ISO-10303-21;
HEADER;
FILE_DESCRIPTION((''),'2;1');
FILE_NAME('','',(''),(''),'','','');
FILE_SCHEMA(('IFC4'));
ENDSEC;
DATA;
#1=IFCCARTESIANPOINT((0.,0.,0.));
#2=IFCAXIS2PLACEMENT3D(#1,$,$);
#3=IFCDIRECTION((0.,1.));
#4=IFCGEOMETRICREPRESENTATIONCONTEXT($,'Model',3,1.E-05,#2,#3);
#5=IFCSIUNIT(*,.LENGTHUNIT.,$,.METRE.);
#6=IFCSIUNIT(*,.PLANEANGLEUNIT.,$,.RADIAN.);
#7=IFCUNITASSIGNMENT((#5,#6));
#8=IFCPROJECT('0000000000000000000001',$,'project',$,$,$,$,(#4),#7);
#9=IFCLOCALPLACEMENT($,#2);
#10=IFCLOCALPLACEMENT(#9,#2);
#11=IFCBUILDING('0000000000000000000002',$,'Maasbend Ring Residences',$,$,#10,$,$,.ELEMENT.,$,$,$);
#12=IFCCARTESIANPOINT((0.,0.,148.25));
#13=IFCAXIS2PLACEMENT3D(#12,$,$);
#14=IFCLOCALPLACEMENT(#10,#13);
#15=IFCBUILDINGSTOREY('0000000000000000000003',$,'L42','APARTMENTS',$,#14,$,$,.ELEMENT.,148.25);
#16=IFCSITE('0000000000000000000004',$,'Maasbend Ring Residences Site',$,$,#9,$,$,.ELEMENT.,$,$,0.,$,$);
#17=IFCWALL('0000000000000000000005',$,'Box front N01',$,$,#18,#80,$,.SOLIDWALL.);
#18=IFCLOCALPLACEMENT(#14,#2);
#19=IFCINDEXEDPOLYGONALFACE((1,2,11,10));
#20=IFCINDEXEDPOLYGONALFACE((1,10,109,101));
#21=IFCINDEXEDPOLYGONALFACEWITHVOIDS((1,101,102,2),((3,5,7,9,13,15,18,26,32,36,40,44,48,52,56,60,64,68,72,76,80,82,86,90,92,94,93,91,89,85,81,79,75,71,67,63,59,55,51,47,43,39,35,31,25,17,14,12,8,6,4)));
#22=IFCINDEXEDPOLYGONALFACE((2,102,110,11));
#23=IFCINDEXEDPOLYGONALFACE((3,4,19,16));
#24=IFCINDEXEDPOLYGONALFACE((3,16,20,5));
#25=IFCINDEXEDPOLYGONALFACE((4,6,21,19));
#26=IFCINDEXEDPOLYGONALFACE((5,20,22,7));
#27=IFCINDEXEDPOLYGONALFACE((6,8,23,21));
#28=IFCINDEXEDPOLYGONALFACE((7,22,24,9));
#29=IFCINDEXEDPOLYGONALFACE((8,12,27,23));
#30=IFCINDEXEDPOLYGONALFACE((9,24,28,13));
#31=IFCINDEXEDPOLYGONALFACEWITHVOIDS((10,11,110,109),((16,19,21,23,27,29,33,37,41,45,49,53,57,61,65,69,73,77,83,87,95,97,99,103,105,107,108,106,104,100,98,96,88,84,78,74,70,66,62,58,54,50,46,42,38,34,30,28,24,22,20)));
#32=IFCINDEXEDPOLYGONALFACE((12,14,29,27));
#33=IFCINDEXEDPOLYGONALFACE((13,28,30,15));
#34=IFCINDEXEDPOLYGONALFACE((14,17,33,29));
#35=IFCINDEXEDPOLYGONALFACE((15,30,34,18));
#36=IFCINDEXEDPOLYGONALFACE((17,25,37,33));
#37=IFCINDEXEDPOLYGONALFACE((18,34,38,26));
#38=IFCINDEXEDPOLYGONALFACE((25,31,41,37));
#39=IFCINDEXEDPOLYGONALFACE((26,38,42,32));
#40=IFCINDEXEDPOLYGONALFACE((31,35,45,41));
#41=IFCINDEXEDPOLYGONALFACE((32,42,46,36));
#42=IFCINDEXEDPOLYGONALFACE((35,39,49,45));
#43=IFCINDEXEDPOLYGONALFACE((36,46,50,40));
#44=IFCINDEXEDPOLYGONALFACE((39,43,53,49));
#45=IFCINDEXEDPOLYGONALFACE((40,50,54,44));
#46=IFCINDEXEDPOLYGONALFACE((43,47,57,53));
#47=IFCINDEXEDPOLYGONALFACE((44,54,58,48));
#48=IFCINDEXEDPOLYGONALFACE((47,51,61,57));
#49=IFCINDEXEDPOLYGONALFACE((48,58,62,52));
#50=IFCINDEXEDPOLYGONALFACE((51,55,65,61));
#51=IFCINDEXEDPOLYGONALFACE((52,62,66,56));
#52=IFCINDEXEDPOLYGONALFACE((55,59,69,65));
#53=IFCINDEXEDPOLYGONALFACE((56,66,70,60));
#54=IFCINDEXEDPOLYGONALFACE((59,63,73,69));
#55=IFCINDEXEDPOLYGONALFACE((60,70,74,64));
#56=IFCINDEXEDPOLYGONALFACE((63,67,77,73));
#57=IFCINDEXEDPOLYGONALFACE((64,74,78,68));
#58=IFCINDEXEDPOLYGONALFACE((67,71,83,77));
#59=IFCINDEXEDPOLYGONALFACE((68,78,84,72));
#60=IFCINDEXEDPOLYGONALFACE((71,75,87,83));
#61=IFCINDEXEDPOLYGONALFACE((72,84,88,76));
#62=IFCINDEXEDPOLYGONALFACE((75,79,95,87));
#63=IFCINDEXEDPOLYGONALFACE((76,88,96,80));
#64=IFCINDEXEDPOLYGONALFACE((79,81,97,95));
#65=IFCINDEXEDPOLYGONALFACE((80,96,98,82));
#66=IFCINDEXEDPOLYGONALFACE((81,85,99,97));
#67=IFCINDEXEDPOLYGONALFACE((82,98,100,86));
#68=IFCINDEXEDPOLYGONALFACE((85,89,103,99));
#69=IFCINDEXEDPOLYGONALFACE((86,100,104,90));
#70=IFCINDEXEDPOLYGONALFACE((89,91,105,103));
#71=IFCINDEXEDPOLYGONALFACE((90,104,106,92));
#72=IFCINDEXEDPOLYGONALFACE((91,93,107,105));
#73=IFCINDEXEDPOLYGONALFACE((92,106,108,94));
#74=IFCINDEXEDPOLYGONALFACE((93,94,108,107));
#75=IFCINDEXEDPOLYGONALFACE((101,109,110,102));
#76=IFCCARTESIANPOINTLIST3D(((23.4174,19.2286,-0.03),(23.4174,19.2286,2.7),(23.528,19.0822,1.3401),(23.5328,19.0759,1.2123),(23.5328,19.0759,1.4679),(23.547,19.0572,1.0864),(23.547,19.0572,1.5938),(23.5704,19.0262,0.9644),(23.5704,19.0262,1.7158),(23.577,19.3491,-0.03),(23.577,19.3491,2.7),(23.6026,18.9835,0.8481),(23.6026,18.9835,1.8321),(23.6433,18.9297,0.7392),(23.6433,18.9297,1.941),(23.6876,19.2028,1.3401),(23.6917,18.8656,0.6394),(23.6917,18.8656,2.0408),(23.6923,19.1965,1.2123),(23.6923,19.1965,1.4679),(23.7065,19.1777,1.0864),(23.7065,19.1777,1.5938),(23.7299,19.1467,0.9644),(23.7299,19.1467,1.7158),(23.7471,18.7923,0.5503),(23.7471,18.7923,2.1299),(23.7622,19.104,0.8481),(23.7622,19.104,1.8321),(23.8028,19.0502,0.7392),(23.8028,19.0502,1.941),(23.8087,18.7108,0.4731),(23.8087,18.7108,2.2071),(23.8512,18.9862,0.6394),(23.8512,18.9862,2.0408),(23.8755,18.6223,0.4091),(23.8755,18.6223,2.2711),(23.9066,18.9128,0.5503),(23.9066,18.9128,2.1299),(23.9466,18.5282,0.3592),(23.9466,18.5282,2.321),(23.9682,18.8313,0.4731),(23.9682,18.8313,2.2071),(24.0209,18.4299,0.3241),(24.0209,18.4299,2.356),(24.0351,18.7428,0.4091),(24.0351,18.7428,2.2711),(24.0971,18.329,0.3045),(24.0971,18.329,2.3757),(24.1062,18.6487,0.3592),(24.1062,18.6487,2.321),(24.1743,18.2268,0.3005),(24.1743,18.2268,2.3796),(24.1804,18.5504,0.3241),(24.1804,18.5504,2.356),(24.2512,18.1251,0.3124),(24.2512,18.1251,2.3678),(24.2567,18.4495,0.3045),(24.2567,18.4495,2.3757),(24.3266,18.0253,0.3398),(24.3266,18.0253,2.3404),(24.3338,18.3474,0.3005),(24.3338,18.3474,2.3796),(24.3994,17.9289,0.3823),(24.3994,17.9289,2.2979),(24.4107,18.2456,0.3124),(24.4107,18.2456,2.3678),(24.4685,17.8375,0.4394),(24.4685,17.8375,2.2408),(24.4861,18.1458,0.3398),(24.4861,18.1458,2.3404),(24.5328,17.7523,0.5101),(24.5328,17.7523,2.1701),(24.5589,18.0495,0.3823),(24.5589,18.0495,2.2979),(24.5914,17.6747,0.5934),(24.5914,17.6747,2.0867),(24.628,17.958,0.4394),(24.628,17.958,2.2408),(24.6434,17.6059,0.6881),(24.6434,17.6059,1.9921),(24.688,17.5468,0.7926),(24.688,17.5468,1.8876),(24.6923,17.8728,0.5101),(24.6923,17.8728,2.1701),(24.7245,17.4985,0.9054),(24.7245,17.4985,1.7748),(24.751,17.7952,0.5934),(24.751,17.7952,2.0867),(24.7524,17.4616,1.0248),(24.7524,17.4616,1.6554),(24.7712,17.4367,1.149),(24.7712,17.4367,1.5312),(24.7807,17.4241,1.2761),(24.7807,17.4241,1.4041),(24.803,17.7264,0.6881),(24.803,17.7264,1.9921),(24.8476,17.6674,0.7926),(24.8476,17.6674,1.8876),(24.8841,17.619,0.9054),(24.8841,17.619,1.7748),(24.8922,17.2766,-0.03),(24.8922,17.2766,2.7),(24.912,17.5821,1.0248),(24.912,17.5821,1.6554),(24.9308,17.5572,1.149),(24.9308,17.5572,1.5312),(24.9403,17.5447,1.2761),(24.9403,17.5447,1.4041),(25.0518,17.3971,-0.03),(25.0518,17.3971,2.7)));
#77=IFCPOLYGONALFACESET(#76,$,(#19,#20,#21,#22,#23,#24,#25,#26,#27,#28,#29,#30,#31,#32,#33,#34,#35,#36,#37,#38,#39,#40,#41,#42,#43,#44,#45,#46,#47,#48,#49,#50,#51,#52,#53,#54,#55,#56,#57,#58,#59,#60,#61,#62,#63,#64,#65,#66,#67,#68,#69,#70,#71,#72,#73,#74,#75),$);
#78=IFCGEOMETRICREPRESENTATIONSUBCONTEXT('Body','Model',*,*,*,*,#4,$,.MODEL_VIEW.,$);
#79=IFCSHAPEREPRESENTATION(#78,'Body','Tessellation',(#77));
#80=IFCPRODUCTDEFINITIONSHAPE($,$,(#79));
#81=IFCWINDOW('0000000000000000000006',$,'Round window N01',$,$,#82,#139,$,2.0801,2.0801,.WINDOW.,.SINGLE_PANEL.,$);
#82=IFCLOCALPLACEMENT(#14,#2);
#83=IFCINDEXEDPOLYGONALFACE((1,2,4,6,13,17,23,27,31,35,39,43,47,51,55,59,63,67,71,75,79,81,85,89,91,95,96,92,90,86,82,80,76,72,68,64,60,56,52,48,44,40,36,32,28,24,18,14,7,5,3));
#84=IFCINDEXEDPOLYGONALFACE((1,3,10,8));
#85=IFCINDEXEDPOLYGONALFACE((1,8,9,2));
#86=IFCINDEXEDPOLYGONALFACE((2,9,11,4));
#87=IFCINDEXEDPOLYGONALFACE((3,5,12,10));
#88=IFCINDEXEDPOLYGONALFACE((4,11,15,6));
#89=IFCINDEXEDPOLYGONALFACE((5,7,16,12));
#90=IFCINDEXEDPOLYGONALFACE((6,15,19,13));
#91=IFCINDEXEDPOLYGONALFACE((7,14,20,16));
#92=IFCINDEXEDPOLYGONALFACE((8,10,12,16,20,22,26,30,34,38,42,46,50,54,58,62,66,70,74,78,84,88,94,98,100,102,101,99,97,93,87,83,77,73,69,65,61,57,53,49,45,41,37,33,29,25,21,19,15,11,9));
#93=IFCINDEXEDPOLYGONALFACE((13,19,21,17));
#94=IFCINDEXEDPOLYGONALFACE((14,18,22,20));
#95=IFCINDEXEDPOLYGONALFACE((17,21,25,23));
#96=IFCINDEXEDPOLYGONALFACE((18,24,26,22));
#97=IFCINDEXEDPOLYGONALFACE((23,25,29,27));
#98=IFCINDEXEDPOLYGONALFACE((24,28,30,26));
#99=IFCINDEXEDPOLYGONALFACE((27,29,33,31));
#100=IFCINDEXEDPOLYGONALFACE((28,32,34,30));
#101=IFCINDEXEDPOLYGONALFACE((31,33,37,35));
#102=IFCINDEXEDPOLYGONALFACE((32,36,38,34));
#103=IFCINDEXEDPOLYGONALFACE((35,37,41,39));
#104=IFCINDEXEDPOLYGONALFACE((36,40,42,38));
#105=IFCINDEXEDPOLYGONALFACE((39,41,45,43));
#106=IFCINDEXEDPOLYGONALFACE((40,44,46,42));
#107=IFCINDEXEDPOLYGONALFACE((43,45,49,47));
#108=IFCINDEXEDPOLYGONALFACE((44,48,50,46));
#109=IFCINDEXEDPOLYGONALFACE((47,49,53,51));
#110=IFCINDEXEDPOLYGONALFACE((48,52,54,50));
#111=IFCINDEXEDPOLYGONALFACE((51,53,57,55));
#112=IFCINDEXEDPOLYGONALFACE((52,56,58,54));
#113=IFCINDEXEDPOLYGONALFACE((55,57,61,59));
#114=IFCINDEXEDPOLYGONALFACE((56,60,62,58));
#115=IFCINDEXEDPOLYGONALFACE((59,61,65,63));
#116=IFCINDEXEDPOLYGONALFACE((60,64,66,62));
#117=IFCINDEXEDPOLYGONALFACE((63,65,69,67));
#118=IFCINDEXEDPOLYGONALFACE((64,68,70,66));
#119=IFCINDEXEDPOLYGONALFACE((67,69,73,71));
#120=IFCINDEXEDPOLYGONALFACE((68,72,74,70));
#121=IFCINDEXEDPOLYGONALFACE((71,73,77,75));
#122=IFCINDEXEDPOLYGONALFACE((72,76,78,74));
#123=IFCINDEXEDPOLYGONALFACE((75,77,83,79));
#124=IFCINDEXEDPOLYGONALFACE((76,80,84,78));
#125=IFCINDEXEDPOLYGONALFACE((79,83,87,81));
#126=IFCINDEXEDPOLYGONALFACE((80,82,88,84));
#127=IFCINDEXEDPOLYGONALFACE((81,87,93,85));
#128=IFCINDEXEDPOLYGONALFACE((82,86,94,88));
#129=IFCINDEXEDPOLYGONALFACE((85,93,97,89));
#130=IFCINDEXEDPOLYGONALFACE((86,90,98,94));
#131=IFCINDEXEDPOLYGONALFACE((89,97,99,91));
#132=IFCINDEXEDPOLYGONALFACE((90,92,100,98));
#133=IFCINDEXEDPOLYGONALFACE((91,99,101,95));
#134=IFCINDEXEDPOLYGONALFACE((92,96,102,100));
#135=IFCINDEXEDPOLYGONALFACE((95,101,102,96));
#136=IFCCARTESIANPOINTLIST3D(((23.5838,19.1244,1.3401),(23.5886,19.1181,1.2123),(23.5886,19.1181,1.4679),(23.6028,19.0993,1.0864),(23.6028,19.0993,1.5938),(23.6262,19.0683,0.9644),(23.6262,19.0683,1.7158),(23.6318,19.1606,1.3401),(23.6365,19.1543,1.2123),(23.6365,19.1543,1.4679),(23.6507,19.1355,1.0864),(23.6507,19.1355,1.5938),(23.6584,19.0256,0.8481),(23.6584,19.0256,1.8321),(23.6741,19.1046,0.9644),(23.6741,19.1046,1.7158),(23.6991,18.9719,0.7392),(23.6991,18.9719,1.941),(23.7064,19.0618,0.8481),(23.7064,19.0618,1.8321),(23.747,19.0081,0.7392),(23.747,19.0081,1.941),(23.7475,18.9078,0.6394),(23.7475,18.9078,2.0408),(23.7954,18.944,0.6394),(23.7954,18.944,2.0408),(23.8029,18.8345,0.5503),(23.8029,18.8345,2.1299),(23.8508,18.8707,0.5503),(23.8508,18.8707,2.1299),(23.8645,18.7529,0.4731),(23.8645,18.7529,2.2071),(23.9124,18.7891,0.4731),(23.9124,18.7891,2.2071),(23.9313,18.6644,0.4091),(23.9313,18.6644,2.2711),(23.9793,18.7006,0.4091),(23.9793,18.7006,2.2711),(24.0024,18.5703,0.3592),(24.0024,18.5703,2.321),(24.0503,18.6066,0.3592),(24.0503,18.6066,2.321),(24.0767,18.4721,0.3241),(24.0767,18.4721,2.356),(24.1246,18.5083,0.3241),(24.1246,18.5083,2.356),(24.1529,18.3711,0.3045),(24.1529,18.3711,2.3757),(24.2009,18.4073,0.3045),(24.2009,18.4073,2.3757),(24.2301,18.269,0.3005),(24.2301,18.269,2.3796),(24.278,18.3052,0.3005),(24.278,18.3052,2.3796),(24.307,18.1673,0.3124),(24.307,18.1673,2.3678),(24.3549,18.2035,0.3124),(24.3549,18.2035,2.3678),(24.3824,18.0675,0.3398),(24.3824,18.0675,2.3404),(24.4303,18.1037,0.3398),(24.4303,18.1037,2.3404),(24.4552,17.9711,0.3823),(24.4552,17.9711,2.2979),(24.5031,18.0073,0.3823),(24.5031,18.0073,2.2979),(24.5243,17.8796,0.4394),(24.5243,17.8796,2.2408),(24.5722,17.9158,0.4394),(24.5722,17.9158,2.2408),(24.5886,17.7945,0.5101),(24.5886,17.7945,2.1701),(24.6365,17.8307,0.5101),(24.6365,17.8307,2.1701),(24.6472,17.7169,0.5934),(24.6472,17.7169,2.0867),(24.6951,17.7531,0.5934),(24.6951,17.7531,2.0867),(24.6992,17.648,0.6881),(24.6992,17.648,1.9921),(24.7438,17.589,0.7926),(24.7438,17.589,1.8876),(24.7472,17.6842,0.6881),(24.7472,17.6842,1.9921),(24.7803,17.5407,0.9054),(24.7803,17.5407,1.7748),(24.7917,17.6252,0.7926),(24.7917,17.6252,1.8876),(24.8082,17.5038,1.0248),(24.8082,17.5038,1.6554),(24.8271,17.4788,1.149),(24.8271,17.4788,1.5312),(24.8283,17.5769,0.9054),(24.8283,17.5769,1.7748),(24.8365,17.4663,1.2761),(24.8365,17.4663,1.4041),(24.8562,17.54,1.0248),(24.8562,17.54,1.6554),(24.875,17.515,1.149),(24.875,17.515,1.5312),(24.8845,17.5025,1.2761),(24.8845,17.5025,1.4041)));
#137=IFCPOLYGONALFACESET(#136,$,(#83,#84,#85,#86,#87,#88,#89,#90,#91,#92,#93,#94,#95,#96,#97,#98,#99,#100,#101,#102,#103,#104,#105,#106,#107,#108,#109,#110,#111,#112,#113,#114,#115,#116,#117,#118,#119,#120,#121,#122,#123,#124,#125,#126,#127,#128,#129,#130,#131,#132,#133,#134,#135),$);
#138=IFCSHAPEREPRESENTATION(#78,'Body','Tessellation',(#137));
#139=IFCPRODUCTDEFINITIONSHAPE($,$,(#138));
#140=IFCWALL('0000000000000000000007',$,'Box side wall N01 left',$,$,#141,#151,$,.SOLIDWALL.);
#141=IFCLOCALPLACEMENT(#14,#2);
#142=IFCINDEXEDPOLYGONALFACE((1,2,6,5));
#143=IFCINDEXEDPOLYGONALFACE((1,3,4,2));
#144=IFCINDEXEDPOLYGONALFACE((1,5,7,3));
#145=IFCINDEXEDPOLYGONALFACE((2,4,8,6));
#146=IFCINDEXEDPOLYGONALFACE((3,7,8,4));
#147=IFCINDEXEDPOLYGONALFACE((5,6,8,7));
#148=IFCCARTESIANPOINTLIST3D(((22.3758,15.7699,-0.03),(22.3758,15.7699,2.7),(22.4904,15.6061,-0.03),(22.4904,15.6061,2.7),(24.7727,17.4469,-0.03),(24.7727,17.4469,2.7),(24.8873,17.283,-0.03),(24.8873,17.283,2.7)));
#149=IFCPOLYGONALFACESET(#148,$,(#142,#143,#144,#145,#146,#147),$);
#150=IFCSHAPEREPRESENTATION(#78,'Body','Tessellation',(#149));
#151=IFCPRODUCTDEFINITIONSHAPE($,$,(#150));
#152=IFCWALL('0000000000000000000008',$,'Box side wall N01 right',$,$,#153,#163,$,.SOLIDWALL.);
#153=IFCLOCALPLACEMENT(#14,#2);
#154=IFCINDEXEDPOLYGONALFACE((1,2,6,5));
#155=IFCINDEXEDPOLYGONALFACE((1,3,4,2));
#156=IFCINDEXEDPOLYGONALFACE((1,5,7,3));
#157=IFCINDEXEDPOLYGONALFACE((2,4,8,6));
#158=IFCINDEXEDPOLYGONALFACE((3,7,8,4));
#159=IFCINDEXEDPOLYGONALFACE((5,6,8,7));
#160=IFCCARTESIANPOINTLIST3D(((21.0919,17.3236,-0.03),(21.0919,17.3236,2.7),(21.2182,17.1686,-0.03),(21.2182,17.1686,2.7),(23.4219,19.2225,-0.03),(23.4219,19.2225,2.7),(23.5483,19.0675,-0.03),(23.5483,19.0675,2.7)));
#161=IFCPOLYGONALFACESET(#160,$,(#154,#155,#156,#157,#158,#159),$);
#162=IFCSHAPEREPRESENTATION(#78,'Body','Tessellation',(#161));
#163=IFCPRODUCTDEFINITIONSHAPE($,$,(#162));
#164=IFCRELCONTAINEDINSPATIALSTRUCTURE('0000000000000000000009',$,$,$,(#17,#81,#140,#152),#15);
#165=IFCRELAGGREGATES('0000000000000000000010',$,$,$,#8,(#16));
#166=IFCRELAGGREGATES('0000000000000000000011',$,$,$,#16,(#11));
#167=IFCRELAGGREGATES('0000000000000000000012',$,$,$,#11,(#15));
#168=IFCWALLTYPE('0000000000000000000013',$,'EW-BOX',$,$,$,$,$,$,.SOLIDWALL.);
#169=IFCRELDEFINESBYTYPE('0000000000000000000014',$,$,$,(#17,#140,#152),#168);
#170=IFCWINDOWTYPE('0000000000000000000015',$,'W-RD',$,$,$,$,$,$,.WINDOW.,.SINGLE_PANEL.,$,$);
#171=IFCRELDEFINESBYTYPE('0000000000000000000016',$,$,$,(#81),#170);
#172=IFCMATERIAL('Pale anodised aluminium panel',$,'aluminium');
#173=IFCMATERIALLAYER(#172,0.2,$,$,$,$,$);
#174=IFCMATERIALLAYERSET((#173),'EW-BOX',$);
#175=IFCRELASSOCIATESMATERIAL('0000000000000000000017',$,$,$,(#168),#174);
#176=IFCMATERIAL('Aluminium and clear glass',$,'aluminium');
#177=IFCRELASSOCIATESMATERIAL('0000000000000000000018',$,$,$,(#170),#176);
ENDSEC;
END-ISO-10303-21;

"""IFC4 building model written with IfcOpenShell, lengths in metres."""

from ifc_helpers import new_model, si_unit, direction, frame, frame_2d, origin, place, context, subcontext, project, spatial, rectangle, circle, extrude, material, layer, layer_set, type_object, element, fill, save


model = new_model("IFC4")

# Units and contexts
model_context = context("Model", 3, precision=1e-05, world=origin(), true_north=direction((0.0, 1.0)))
body_context = subcontext(model_context, "Body", "Model", "MODEL_VIEW")
ifc_project = project(units=[si_unit("LENGTHUNIT", "METRE"), si_unit("PLANEANGLEUNIT", "RADIAN")], contexts=[model_context])

# Site, building, storey
site_placement = place(None, origin())
site = spatial("IfcSite", under=ifc_project, at=site_placement, Name="Maasbend Ring Residences Site", CompositionType="ELEMENT", RefElevation=0.0)
building_placement = place(site_placement, origin())
building = spatial("IfcBuilding", under=site, at=building_placement, Name="Maasbend Ring Residences", CompositionType="ELEMENT")
storey_placement = place(building_placement, frame((0.0, 0.0, 148.25)))
storey = spatial("IfcBuildingStorey", under=building, at=storey_placement, Name="L42", Description="APARTMENTS", CompositionType="ELEMENT", Elevation=148.25)

# Wall, opening, window
ifc_material_1 = material(Name="Pale anodised aluminium panel", Category="aluminium")
ifc_layer_1 = layer(ifc_material_1, 0.2)
ifc_layer_set_1 = layer_set([ifc_layer_1], Name="EW-BOX")
wall_type_1 = type_object("IfcWallType", Name="EW-BOX", PredefinedType="SOLIDWALL", material=ifc_layer_set_1)
wall_1_placement = place(storey_placement, frame((24.9719, 17.3369, -0.03), z_axis=(0.0, 0.0, 1.0), x_axis=(-0.602806, 0.797888, 0.0)))
wall_1 = element("IfcWall", 1, at=wall_1_placement, inside=storey, type_object=wall_type_1, Name="Box front N01", PredefinedType="SOLIDWALL", context=body_context, shape_type="SweptSolid", body=[
    extrude(rectangle(XDim=2.4465, YDim=0.2, at=frame_2d((1.2231, 0.0))), origin(), (0.0, 0.0, 1.0), 2.73),
])
opening_1_placement = place(wall_1_placement, frame((0.1829, 0.0, 0.3301)))
opening_1 = element("IfcOpeningElement", 2, at=opening_1_placement, cuts=wall_1, PredefinedType="OPENING", context=body_context, shape_type="SweptSolid", body=[
    extrude(circle(Radius=1.04, at=frame_2d((1.04, 1.04))), frame((0.0, 0.1099, 0.0), z_axis=(0.0, -1.0, 0.0), x_axis=(1.0, 0.0, 0.0)), (0.0, 0.0, 1.0), 0.22),
])
ifc_material_2 = material(Name="Aluminium and clear glass", Category="aluminium")
window_type_1 = type_object("IfcWindowType", Name="W-RD", PartitioningType="SINGLE_PANEL", PredefinedType="WINDOW", material=ifc_material_2)
window_1_placement = place(opening_1_placement, origin())
window_1 = element("IfcWindow", 3, at=window_1_placement, inside=storey, type_object=window_type_1, Name="Round window N01", OverallHeight=2.0801, OverallWidth=2.0801, PartitioningType="SINGLE_PANEL", PredefinedType="WINDOW", context=body_context, shape_type="SweptSolid", body=[
    extrude(circle(Radius=1.04, at=frame_2d((1.04, 1.04))), frame((0.0, 0.03, 0.0), z_axis=(0.0, -1.0, 0.0), x_axis=(1.0, 0.0, 0.0)), (0.0, 0.0, 1.0), 0.0601),
])
fill(opening_1, window_1)

# Walls
wall_2_placement = place(storey_placement, frame((22.4331, 15.688, -0.03), z_axis=(0.0, 0.0, 1.0), x_axis=(0.819373, 0.573261, 0.0)))
element("IfcWall", 4, at=wall_2_placement, inside=storey, type_object=wall_type_1, Name="Box side wall N01 left", PredefinedType="SOLIDWALL", context=body_context, shape_type="SweptSolid", body=[
    extrude(rectangle(XDim=2.9253, YDim=0.2, at=frame_2d((1.4626, 0.0))), origin(), (0.0, 0.0, 1.0), 2.73),
])
wall_3_placement = place(storey_placement, frame((21.155, 17.2461, -0.03), z_axis=(0.0, 0.0, 1.0), x_axis=(0.775179, 0.631742, 0.0)))
element("IfcWall", 5, at=wall_3_placement, inside=storey, type_object=wall_type_1, Name="Box side wall N01 right", PredefinedType="SOLIDWALL", context=body_context, shape_type="SweptSolid", body=[
    extrude(rectangle(XDim=3.0059, YDim=0.2, at=frame_2d((1.5029, 0.0))), origin(), (0.0, 0.0, 1.0), 2.73),
])

save(model, "model.ifc")
